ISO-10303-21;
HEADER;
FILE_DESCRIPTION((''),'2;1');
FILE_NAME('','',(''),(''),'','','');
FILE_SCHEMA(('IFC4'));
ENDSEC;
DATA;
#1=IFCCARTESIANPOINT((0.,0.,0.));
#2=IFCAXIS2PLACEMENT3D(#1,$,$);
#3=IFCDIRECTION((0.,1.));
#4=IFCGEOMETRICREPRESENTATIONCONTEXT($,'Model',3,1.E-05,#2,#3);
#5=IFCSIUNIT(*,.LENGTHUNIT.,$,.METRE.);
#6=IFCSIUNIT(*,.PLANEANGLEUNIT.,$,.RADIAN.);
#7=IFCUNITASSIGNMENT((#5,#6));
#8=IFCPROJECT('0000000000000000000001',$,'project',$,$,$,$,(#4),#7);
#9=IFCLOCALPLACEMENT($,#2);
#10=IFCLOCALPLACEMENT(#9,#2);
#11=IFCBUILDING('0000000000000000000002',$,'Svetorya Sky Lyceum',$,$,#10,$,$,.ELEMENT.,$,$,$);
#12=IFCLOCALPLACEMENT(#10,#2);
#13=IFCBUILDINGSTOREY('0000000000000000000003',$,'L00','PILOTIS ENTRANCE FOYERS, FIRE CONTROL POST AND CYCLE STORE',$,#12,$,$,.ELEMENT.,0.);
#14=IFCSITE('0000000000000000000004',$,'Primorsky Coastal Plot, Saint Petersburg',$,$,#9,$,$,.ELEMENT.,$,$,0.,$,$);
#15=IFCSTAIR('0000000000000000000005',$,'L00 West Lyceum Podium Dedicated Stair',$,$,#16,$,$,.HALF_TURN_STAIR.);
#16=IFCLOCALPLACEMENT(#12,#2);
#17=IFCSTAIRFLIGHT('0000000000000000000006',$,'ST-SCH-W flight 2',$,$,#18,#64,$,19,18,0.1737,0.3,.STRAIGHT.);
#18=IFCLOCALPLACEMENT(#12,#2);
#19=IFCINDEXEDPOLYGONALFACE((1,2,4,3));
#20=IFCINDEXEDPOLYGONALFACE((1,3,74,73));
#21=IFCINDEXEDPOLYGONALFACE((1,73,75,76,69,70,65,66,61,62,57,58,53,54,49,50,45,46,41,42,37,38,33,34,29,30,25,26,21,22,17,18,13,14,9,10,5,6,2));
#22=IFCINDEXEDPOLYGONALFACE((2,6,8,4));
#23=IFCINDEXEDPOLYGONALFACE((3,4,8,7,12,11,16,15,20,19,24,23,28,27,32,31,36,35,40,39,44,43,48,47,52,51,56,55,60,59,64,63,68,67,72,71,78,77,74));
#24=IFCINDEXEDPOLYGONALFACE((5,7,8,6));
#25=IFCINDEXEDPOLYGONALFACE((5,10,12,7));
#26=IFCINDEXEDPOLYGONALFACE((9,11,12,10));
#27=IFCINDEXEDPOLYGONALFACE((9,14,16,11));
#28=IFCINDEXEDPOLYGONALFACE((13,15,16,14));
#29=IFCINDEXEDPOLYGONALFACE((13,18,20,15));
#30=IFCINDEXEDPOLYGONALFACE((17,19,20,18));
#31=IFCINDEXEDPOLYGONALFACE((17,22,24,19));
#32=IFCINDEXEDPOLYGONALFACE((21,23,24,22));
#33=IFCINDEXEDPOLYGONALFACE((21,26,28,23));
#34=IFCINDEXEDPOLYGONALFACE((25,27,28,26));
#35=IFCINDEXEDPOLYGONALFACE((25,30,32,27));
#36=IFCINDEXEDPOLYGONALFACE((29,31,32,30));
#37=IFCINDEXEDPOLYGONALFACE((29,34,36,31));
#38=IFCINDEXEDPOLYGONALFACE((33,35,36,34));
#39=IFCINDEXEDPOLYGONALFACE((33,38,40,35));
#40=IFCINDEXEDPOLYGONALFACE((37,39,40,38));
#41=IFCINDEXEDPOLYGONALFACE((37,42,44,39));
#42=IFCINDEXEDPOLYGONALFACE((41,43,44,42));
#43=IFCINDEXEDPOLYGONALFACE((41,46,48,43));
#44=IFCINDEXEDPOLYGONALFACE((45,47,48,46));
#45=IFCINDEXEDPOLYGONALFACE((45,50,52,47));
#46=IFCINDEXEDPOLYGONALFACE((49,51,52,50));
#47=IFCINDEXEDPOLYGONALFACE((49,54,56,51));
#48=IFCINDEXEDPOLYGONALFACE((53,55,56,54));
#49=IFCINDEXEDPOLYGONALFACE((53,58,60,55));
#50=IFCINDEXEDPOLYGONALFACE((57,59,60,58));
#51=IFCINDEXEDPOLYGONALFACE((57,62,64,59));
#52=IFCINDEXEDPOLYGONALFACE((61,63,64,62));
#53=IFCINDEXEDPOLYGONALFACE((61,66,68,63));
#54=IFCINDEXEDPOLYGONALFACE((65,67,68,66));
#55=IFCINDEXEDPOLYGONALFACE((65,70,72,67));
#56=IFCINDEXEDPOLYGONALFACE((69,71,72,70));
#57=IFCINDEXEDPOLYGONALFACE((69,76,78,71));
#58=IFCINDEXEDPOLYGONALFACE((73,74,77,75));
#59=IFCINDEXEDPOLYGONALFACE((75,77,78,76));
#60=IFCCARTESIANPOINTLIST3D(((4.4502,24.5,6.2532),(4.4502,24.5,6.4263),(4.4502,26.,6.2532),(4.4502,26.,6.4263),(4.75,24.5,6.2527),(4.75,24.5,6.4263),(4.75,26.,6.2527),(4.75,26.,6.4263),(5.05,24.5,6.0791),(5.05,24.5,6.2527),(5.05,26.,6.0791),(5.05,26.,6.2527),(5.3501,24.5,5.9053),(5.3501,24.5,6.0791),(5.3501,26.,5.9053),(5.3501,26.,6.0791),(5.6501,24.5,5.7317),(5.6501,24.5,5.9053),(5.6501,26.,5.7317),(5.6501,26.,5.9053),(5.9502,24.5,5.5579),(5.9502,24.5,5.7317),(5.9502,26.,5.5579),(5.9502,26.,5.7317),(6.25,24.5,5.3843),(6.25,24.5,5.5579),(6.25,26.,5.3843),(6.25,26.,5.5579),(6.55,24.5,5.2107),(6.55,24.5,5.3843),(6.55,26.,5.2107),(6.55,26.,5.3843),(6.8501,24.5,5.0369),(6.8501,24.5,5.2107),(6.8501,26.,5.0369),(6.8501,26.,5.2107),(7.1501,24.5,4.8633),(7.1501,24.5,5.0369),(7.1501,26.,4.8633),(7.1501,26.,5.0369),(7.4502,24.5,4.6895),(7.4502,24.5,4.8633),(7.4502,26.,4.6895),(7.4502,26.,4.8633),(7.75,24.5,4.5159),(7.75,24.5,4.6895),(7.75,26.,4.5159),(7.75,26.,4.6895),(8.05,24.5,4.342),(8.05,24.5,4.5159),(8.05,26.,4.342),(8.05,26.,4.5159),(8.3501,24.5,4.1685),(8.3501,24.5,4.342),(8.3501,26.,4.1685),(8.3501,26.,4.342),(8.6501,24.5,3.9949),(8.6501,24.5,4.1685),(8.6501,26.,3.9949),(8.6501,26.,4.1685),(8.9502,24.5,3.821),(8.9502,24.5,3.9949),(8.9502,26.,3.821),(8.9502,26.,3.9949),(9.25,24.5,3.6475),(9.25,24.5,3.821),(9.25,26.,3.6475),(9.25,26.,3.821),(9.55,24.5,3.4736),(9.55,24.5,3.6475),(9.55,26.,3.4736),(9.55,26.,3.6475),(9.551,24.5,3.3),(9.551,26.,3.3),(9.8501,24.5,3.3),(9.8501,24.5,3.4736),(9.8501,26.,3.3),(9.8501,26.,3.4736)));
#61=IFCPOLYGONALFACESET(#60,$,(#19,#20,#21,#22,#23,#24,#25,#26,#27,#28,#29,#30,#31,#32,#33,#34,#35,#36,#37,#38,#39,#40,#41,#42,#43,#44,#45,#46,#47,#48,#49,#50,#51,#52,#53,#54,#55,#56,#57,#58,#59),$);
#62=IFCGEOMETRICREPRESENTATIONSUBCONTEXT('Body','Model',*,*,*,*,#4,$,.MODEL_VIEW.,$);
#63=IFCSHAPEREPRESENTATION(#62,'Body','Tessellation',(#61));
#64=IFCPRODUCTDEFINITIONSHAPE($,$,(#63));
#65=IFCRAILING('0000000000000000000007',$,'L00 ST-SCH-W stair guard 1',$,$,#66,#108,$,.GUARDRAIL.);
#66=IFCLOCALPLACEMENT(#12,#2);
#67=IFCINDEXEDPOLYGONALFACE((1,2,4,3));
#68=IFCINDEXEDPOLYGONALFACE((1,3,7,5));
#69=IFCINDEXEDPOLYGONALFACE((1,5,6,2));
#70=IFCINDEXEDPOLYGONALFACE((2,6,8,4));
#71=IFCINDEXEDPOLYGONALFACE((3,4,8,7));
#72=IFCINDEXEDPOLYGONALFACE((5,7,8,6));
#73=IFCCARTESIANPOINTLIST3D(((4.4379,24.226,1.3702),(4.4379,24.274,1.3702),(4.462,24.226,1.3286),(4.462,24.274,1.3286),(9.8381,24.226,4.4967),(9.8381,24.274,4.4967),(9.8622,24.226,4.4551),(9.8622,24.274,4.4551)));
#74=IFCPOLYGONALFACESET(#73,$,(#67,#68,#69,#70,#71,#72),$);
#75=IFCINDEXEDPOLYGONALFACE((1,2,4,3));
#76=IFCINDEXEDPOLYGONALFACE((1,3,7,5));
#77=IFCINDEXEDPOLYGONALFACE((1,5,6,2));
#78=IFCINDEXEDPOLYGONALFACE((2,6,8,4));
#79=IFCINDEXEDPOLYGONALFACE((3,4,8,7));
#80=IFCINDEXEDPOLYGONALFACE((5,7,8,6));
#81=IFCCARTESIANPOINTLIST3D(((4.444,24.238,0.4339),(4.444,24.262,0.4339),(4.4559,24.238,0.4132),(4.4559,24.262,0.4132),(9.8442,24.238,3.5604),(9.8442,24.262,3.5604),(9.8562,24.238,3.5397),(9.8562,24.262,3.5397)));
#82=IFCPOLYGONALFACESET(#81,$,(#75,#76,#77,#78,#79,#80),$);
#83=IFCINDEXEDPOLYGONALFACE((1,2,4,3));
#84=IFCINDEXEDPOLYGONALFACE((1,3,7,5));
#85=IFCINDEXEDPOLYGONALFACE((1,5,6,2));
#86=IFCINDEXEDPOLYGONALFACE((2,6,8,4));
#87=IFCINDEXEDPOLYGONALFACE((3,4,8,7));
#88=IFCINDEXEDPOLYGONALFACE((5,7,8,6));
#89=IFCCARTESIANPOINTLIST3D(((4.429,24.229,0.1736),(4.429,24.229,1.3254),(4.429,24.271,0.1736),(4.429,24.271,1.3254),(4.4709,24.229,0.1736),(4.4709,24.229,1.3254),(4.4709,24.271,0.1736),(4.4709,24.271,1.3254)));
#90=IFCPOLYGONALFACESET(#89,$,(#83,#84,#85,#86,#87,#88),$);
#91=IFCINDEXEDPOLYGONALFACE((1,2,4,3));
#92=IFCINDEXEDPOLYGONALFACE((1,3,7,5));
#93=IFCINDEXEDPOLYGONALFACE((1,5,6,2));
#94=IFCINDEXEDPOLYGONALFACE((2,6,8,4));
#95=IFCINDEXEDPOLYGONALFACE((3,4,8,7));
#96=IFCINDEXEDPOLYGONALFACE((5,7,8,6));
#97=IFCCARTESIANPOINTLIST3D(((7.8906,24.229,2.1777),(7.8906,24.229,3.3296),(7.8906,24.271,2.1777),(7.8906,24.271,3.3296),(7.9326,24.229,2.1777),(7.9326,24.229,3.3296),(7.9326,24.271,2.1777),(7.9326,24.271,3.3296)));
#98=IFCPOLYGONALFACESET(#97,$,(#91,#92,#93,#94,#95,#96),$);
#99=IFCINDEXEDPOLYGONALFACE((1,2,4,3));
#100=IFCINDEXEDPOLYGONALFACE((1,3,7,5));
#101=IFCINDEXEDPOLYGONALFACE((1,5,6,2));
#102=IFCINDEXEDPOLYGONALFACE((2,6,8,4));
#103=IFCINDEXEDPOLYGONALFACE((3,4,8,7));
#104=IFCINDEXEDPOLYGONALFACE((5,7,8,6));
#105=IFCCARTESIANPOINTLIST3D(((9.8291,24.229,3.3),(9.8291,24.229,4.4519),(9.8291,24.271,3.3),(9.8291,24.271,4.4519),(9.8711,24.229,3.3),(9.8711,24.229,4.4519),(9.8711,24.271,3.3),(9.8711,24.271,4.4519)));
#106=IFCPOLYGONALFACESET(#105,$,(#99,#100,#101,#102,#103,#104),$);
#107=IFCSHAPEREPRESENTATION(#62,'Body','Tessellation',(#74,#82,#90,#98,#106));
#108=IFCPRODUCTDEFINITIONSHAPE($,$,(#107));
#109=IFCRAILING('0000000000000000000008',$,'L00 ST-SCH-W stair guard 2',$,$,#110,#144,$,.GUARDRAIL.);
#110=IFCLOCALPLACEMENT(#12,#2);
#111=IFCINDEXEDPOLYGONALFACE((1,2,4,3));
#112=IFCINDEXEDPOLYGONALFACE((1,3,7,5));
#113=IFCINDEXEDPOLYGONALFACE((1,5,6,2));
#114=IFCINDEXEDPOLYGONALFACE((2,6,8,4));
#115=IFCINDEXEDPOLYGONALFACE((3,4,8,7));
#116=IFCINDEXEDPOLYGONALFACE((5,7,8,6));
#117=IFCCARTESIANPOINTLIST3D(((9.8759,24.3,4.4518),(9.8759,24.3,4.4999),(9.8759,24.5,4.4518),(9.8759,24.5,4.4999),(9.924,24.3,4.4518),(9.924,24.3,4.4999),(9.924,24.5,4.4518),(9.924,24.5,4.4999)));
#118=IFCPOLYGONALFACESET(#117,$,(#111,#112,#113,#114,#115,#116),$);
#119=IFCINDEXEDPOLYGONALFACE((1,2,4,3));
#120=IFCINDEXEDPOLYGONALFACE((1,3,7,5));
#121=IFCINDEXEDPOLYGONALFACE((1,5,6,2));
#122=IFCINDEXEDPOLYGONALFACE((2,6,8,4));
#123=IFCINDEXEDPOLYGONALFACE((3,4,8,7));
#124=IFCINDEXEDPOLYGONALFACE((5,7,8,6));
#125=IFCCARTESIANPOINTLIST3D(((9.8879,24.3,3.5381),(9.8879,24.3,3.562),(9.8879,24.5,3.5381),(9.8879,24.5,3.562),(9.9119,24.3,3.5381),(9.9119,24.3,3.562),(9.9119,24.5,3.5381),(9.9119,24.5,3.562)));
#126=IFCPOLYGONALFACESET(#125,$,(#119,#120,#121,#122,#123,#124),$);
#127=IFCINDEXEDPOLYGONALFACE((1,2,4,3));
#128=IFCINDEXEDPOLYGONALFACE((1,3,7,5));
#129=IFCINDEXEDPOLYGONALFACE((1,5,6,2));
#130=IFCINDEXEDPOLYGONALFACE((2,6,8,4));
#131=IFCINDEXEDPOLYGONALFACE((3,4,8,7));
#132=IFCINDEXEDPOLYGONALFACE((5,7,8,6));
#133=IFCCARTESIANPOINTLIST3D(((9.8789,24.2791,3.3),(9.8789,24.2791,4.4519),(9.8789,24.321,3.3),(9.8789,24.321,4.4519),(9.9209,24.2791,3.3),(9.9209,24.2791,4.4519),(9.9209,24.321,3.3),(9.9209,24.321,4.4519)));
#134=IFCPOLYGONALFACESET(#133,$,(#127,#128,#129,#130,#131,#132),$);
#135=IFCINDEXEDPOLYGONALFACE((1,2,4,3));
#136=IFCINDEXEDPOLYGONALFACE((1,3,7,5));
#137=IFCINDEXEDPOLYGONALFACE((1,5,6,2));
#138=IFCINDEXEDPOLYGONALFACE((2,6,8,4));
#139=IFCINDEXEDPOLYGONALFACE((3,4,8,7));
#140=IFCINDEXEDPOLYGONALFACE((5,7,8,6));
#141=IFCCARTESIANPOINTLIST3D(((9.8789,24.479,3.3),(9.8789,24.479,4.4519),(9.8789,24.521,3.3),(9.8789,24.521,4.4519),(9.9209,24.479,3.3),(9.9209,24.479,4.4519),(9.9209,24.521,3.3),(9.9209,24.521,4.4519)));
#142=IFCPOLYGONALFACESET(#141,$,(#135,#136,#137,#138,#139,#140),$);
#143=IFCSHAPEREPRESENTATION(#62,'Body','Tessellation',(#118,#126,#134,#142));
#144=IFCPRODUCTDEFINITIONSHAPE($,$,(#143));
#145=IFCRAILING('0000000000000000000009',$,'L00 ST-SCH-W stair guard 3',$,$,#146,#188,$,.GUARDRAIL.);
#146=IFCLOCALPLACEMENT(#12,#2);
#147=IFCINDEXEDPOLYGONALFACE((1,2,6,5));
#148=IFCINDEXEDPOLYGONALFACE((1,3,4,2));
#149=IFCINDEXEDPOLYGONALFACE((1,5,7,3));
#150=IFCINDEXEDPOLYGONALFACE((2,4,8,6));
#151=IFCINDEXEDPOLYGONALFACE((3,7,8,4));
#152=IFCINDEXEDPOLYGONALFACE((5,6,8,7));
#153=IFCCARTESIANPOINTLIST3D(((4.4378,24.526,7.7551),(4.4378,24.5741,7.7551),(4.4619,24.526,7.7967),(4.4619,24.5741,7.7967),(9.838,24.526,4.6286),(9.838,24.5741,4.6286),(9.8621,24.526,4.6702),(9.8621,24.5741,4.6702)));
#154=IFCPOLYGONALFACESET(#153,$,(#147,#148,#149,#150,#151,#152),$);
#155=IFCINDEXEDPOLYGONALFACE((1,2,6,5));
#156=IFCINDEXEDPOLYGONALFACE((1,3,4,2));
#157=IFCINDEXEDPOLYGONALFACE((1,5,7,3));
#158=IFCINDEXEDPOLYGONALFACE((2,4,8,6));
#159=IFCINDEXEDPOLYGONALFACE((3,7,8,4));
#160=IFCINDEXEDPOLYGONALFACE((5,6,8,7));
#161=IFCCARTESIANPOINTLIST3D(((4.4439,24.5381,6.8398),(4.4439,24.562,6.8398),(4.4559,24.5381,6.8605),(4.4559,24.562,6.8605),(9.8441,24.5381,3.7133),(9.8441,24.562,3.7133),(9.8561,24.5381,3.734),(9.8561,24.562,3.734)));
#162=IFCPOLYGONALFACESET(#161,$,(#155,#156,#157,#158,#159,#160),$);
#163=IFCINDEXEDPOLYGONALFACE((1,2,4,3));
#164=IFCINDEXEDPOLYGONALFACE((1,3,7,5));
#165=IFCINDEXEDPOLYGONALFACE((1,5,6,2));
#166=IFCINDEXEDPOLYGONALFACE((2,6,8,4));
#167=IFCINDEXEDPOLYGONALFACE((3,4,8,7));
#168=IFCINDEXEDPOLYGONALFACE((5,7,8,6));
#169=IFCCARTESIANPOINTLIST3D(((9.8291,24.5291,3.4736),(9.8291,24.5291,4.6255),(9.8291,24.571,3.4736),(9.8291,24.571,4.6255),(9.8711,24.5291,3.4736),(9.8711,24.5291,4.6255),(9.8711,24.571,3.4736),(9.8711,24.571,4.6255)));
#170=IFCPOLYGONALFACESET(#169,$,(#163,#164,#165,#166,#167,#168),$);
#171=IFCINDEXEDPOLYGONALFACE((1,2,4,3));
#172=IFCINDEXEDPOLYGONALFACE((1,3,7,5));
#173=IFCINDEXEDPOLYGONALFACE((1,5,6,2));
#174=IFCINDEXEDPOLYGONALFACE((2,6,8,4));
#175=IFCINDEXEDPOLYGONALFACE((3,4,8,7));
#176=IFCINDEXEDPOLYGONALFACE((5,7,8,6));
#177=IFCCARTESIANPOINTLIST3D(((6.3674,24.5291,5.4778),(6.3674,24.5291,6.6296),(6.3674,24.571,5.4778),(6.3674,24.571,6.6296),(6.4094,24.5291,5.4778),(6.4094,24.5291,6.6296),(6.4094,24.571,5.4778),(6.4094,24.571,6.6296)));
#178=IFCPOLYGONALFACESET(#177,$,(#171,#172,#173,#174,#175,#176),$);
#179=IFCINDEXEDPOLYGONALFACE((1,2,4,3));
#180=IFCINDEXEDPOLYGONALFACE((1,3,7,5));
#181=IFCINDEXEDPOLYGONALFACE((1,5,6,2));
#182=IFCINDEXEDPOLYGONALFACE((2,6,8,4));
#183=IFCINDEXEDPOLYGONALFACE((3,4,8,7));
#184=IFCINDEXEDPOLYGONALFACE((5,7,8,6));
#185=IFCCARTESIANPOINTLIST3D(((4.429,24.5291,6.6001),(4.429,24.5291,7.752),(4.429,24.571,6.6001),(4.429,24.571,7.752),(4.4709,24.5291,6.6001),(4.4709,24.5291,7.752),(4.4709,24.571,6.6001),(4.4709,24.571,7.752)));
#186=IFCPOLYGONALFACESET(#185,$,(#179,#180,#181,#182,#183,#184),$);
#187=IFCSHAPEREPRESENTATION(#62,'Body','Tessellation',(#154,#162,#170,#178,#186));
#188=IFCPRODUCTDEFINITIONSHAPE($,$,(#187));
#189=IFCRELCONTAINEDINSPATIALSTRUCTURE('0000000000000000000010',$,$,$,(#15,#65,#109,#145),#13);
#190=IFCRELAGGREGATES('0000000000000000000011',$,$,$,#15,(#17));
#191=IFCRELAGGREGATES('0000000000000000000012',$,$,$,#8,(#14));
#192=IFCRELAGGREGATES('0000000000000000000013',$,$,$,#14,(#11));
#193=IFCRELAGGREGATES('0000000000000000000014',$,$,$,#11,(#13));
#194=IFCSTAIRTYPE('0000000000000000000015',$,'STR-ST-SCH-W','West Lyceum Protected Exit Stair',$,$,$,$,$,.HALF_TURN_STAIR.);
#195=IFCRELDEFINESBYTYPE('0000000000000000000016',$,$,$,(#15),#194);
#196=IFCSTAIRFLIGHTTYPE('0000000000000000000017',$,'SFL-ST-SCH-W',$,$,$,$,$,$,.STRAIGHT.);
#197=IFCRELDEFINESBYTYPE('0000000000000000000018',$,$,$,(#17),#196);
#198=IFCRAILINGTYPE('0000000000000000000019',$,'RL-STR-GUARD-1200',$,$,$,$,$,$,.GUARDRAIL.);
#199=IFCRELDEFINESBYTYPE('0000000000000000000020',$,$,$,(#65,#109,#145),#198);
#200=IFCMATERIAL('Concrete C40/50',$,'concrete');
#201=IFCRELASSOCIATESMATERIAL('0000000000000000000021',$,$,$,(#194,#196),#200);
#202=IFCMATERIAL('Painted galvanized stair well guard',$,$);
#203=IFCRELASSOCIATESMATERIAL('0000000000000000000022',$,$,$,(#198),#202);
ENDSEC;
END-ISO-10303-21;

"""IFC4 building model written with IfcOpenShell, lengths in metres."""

from ifc_helpers import new_model, si_unit, direction, frame, origin, origin_2d, place, context, subcontext, project, spatial, polyline, rectangle, outline, extrude, material, type_object, element, aggregate, save


model = new_model("IFC4")

# Units and contexts
model_context = context("Model", 3, precision=1e-05, world=origin(), true_north=direction((0.0, 1.0)))
body_context = subcontext(model_context, "Body", "Model", "MODEL_VIEW")
ifc_project = project(units=[si_unit("LENGTHUNIT", "METRE"), si_unit("PLANEANGLEUNIT", "RADIAN")], contexts=[model_context])

# Site, building, storey
site_placement = place(None, origin())
site = spatial("IfcSite", under=ifc_project, at=site_placement, Name="Primorsky Coastal Plot, Saint Petersburg", CompositionType="ELEMENT", RefElevation=0.0)
building_placement = place(site_placement, origin())
building = spatial("IfcBuilding", under=site, at=building_placement, Name="Svetorya Sky Lyceum", CompositionType="ELEMENT")
storey_placement = place(building_placement, origin())
storey = spatial("IfcBuildingStorey", under=building, at=storey_placement, Name="L00", Description="PILOTIS ENTRANCE FOYERS, FIRE CONTROL POST AND CYCLE STORE", CompositionType="ELEMENT", Elevation=0.0)

# Stair, stair flight
ifc_material_1 = material(Name="Concrete C40/50", Category="concrete")
stair_type = type_object("IfcStairType", Name="STR-ST-SCH-W", Description="West Lyceum Protected Exit Stair", PredefinedType="HALF_TURN_STAIR", material=ifc_material_1)
stair_placement = place(storey_placement, origin())
stair = element("IfcStair", 1, at=stair_placement, inside=storey, type_object=stair_type, Name="L00 West Lyceum Podium Dedicated Stair", PredefinedType="HALF_TURN_STAIR")
stair_flight_type = type_object("IfcStairFlightType", Name="SFL-ST-SCH-W", PredefinedType="STRAIGHT", material=ifc_material_1)
stair_flight_1_placement = place(storey_placement, frame((9.8501, 25.25, 3.3), z_axis=(0.0, 0.0, 1.0), x_axis=(-1.0, 0.0, 0.0)))
stair_flight_1 = element("IfcStairFlight", 2, at=stair_flight_1_placement, type_object=stair_flight_type, Name="ST-SCH-W flight 2", NumberOfRisers=19, NumberOfTreads=18, PredefinedType="STRAIGHT", RiserHeight=0.1737, TreadLength=0.3, context=body_context, shape_type="SweptSolid", body=[
    extrude(outline(polyline([(0.0, 0.0), (0.0, 0.1736), (0.3, 0.1736), (0.3, 0.3474), (0.6001, 0.3474), (0.6001, 0.521), (0.8999, 0.521), (0.8999, 0.6948), (1.2, 0.6948), (1.2, 0.8684), (1.5, 0.8684), (1.5, 1.042), (1.8, 1.042), (1.8, 1.2158), (2.1001, 1.2158), (2.1001, 1.3894), (2.3999, 1.3894), (2.3999, 1.5632), (2.7, 1.5632), (2.7, 1.7368), (3.0, 1.7368), (3.0, 1.9106), (3.3, 1.9106), (3.3, 2.0842), (3.6001, 2.0842), (3.6001, 2.2578), (3.8999, 2.2578), (3.8999, 2.4316), (4.2, 2.4316), (4.2, 2.6052), (4.5, 2.6052), (4.5, 2.7791), (4.8, 2.7791), (4.8, 2.9526), (5.1001, 2.9526), (5.1001, 3.1262), (5.3999, 3.1262), (5.3999, 3.3), (5.3999, 2.9531), (0.2991, 0.0), (0.0, 0.0)])), frame((0.0, 0.75, 0.0), z_axis=(0.0, -1.0, 0.0), x_axis=(1.0, 0.0, 0.0)), (0.0, 0.0, 1.0), 1.5),
])
aggregate(stair, [stair_flight_1])

# Railings
ifc_material_2 = material(Name="Painted galvanized stair well guard")
railing_type_1 = type_object("IfcRailingType", Name="RL-STR-GUARD-1200", PredefinedType="GUARDRAIL", material=ifc_material_2)
railing_1_placement = place(storey_placement, frame((4.45, 24.25, 0.1736)))
element("IfcRailing", 3, at=railing_1_placement, inside=storey, type_object=railing_type_1, Name="L00 ST-SCH-W stair guard 1", PredefinedType="GUARDRAIL", context=body_context, shape_type="SweptSolid", body=[
    extrude(rectangle(XDim=0.0481, YDim=0.0481, at=origin_2d()), frame((0.0, 0.0, 1.1758), z_axis=(0.865422, 0.0, 0.501044), x_axis=(0.0, 1.0, 0.0)), (0.0, 0.0, 1.0), 6.24),
    extrude(rectangle(XDim=0.0239, YDim=0.0239, at=origin_2d()), frame((0.0, 0.0, 0.25), z_axis=(0.865422, 0.0, 0.501044), x_axis=(0.0, 1.0, 0.0)), (0.0, 0.0, 1.0), 6.24),
    extrude(rectangle(XDim=0.042, YDim=0.042, at=origin_2d()), origin(), (0.0, 0.0, 1.0), 1.1519),
    extrude(rectangle(XDim=0.042, YDim=0.042, at=origin_2d()), frame((3.4617, 0.0, 2.0042)), (0.0, 0.0, 1.0), 1.1519),
    extrude(rectangle(XDim=0.042, YDim=0.042, at=origin_2d()), frame((5.4001, 0.0, 3.1265)), (0.0, 0.0, 1.0), 1.1519),
])
railing_2_placement = place(storey_placement, frame((9.8999, 24.3, 3.3)))
element("IfcRailing", 4, at=railing_2_placement, inside=storey, type_object=railing_type_1, Name="L00 ST-SCH-W stair guard 2", PredefinedType="GUARDRAIL", context=body_context, shape_type="SweptSolid", body=[
    extrude(rectangle(XDim=0.0481, YDim=0.0481, at=origin_2d()), frame((0.0, 0.0, 1.1758), z_axis=(0.0, 1.0, 0.0), x_axis=(-1.0, 0.0, 0.0)), (0.0, 0.0, 1.0), 0.2),
    extrude(rectangle(XDim=0.0239, YDim=0.0239, at=origin_2d()), frame((0.0, 0.0, 0.25), z_axis=(0.0, 1.0, 0.0), x_axis=(-1.0, 0.0, 0.0)), (0.0, 0.0, 1.0), 0.2),
    extrude(rectangle(XDim=0.042, YDim=0.042, at=origin_2d()), origin(), (0.0, 0.0, 1.0), 1.1519),
    extrude(rectangle(XDim=0.042, YDim=0.042, at=origin_2d()), frame((0.0, 0.2, 0.0)), (0.0, 0.0, 1.0), 1.1519),
])
railing_3_placement = place(storey_placement, frame((9.8501, 24.55, 3.4736)))
element("IfcRailing", 5, at=railing_3_placement, inside=storey, type_object=railing_type_1, Name="L00 ST-SCH-W stair guard 3", PredefinedType="GUARDRAIL", context=body_context, shape_type="SweptSolid", body=[
    extrude(rectangle(XDim=0.0481, YDim=0.0481, at=origin_2d()), frame((0.0, 0.0, 1.1758), z_axis=(-0.865422, 0.0, 0.501044), x_axis=(0.0, -1.0, 0.0)), (0.0, 0.0, 1.0), 6.24),
    extrude(rectangle(XDim=0.0239, YDim=0.0239, at=origin_2d()), frame((0.0, 0.0, 0.25), z_axis=(-0.865422, 0.0, 0.501044), x_axis=(0.0, -1.0, 0.0)), (0.0, 0.0, 1.0), 6.24),
    extrude(rectangle(XDim=0.042, YDim=0.042, at=origin_2d()), origin(), (0.0, 0.0, 1.0), 1.1519),
    extrude(rectangle(XDim=0.042, YDim=0.042, at=origin_2d()), frame((-3.4617, 0.0, 2.0042)), (0.0, 0.0, 1.0), 1.1519),
    extrude(rectangle(XDim=0.042, YDim=0.042, at=origin_2d()), frame((-5.4001, 0.0, 3.1265)), (0.0, 0.0, 1.0), 1.1519),
])

save(model, "model.ifc")
